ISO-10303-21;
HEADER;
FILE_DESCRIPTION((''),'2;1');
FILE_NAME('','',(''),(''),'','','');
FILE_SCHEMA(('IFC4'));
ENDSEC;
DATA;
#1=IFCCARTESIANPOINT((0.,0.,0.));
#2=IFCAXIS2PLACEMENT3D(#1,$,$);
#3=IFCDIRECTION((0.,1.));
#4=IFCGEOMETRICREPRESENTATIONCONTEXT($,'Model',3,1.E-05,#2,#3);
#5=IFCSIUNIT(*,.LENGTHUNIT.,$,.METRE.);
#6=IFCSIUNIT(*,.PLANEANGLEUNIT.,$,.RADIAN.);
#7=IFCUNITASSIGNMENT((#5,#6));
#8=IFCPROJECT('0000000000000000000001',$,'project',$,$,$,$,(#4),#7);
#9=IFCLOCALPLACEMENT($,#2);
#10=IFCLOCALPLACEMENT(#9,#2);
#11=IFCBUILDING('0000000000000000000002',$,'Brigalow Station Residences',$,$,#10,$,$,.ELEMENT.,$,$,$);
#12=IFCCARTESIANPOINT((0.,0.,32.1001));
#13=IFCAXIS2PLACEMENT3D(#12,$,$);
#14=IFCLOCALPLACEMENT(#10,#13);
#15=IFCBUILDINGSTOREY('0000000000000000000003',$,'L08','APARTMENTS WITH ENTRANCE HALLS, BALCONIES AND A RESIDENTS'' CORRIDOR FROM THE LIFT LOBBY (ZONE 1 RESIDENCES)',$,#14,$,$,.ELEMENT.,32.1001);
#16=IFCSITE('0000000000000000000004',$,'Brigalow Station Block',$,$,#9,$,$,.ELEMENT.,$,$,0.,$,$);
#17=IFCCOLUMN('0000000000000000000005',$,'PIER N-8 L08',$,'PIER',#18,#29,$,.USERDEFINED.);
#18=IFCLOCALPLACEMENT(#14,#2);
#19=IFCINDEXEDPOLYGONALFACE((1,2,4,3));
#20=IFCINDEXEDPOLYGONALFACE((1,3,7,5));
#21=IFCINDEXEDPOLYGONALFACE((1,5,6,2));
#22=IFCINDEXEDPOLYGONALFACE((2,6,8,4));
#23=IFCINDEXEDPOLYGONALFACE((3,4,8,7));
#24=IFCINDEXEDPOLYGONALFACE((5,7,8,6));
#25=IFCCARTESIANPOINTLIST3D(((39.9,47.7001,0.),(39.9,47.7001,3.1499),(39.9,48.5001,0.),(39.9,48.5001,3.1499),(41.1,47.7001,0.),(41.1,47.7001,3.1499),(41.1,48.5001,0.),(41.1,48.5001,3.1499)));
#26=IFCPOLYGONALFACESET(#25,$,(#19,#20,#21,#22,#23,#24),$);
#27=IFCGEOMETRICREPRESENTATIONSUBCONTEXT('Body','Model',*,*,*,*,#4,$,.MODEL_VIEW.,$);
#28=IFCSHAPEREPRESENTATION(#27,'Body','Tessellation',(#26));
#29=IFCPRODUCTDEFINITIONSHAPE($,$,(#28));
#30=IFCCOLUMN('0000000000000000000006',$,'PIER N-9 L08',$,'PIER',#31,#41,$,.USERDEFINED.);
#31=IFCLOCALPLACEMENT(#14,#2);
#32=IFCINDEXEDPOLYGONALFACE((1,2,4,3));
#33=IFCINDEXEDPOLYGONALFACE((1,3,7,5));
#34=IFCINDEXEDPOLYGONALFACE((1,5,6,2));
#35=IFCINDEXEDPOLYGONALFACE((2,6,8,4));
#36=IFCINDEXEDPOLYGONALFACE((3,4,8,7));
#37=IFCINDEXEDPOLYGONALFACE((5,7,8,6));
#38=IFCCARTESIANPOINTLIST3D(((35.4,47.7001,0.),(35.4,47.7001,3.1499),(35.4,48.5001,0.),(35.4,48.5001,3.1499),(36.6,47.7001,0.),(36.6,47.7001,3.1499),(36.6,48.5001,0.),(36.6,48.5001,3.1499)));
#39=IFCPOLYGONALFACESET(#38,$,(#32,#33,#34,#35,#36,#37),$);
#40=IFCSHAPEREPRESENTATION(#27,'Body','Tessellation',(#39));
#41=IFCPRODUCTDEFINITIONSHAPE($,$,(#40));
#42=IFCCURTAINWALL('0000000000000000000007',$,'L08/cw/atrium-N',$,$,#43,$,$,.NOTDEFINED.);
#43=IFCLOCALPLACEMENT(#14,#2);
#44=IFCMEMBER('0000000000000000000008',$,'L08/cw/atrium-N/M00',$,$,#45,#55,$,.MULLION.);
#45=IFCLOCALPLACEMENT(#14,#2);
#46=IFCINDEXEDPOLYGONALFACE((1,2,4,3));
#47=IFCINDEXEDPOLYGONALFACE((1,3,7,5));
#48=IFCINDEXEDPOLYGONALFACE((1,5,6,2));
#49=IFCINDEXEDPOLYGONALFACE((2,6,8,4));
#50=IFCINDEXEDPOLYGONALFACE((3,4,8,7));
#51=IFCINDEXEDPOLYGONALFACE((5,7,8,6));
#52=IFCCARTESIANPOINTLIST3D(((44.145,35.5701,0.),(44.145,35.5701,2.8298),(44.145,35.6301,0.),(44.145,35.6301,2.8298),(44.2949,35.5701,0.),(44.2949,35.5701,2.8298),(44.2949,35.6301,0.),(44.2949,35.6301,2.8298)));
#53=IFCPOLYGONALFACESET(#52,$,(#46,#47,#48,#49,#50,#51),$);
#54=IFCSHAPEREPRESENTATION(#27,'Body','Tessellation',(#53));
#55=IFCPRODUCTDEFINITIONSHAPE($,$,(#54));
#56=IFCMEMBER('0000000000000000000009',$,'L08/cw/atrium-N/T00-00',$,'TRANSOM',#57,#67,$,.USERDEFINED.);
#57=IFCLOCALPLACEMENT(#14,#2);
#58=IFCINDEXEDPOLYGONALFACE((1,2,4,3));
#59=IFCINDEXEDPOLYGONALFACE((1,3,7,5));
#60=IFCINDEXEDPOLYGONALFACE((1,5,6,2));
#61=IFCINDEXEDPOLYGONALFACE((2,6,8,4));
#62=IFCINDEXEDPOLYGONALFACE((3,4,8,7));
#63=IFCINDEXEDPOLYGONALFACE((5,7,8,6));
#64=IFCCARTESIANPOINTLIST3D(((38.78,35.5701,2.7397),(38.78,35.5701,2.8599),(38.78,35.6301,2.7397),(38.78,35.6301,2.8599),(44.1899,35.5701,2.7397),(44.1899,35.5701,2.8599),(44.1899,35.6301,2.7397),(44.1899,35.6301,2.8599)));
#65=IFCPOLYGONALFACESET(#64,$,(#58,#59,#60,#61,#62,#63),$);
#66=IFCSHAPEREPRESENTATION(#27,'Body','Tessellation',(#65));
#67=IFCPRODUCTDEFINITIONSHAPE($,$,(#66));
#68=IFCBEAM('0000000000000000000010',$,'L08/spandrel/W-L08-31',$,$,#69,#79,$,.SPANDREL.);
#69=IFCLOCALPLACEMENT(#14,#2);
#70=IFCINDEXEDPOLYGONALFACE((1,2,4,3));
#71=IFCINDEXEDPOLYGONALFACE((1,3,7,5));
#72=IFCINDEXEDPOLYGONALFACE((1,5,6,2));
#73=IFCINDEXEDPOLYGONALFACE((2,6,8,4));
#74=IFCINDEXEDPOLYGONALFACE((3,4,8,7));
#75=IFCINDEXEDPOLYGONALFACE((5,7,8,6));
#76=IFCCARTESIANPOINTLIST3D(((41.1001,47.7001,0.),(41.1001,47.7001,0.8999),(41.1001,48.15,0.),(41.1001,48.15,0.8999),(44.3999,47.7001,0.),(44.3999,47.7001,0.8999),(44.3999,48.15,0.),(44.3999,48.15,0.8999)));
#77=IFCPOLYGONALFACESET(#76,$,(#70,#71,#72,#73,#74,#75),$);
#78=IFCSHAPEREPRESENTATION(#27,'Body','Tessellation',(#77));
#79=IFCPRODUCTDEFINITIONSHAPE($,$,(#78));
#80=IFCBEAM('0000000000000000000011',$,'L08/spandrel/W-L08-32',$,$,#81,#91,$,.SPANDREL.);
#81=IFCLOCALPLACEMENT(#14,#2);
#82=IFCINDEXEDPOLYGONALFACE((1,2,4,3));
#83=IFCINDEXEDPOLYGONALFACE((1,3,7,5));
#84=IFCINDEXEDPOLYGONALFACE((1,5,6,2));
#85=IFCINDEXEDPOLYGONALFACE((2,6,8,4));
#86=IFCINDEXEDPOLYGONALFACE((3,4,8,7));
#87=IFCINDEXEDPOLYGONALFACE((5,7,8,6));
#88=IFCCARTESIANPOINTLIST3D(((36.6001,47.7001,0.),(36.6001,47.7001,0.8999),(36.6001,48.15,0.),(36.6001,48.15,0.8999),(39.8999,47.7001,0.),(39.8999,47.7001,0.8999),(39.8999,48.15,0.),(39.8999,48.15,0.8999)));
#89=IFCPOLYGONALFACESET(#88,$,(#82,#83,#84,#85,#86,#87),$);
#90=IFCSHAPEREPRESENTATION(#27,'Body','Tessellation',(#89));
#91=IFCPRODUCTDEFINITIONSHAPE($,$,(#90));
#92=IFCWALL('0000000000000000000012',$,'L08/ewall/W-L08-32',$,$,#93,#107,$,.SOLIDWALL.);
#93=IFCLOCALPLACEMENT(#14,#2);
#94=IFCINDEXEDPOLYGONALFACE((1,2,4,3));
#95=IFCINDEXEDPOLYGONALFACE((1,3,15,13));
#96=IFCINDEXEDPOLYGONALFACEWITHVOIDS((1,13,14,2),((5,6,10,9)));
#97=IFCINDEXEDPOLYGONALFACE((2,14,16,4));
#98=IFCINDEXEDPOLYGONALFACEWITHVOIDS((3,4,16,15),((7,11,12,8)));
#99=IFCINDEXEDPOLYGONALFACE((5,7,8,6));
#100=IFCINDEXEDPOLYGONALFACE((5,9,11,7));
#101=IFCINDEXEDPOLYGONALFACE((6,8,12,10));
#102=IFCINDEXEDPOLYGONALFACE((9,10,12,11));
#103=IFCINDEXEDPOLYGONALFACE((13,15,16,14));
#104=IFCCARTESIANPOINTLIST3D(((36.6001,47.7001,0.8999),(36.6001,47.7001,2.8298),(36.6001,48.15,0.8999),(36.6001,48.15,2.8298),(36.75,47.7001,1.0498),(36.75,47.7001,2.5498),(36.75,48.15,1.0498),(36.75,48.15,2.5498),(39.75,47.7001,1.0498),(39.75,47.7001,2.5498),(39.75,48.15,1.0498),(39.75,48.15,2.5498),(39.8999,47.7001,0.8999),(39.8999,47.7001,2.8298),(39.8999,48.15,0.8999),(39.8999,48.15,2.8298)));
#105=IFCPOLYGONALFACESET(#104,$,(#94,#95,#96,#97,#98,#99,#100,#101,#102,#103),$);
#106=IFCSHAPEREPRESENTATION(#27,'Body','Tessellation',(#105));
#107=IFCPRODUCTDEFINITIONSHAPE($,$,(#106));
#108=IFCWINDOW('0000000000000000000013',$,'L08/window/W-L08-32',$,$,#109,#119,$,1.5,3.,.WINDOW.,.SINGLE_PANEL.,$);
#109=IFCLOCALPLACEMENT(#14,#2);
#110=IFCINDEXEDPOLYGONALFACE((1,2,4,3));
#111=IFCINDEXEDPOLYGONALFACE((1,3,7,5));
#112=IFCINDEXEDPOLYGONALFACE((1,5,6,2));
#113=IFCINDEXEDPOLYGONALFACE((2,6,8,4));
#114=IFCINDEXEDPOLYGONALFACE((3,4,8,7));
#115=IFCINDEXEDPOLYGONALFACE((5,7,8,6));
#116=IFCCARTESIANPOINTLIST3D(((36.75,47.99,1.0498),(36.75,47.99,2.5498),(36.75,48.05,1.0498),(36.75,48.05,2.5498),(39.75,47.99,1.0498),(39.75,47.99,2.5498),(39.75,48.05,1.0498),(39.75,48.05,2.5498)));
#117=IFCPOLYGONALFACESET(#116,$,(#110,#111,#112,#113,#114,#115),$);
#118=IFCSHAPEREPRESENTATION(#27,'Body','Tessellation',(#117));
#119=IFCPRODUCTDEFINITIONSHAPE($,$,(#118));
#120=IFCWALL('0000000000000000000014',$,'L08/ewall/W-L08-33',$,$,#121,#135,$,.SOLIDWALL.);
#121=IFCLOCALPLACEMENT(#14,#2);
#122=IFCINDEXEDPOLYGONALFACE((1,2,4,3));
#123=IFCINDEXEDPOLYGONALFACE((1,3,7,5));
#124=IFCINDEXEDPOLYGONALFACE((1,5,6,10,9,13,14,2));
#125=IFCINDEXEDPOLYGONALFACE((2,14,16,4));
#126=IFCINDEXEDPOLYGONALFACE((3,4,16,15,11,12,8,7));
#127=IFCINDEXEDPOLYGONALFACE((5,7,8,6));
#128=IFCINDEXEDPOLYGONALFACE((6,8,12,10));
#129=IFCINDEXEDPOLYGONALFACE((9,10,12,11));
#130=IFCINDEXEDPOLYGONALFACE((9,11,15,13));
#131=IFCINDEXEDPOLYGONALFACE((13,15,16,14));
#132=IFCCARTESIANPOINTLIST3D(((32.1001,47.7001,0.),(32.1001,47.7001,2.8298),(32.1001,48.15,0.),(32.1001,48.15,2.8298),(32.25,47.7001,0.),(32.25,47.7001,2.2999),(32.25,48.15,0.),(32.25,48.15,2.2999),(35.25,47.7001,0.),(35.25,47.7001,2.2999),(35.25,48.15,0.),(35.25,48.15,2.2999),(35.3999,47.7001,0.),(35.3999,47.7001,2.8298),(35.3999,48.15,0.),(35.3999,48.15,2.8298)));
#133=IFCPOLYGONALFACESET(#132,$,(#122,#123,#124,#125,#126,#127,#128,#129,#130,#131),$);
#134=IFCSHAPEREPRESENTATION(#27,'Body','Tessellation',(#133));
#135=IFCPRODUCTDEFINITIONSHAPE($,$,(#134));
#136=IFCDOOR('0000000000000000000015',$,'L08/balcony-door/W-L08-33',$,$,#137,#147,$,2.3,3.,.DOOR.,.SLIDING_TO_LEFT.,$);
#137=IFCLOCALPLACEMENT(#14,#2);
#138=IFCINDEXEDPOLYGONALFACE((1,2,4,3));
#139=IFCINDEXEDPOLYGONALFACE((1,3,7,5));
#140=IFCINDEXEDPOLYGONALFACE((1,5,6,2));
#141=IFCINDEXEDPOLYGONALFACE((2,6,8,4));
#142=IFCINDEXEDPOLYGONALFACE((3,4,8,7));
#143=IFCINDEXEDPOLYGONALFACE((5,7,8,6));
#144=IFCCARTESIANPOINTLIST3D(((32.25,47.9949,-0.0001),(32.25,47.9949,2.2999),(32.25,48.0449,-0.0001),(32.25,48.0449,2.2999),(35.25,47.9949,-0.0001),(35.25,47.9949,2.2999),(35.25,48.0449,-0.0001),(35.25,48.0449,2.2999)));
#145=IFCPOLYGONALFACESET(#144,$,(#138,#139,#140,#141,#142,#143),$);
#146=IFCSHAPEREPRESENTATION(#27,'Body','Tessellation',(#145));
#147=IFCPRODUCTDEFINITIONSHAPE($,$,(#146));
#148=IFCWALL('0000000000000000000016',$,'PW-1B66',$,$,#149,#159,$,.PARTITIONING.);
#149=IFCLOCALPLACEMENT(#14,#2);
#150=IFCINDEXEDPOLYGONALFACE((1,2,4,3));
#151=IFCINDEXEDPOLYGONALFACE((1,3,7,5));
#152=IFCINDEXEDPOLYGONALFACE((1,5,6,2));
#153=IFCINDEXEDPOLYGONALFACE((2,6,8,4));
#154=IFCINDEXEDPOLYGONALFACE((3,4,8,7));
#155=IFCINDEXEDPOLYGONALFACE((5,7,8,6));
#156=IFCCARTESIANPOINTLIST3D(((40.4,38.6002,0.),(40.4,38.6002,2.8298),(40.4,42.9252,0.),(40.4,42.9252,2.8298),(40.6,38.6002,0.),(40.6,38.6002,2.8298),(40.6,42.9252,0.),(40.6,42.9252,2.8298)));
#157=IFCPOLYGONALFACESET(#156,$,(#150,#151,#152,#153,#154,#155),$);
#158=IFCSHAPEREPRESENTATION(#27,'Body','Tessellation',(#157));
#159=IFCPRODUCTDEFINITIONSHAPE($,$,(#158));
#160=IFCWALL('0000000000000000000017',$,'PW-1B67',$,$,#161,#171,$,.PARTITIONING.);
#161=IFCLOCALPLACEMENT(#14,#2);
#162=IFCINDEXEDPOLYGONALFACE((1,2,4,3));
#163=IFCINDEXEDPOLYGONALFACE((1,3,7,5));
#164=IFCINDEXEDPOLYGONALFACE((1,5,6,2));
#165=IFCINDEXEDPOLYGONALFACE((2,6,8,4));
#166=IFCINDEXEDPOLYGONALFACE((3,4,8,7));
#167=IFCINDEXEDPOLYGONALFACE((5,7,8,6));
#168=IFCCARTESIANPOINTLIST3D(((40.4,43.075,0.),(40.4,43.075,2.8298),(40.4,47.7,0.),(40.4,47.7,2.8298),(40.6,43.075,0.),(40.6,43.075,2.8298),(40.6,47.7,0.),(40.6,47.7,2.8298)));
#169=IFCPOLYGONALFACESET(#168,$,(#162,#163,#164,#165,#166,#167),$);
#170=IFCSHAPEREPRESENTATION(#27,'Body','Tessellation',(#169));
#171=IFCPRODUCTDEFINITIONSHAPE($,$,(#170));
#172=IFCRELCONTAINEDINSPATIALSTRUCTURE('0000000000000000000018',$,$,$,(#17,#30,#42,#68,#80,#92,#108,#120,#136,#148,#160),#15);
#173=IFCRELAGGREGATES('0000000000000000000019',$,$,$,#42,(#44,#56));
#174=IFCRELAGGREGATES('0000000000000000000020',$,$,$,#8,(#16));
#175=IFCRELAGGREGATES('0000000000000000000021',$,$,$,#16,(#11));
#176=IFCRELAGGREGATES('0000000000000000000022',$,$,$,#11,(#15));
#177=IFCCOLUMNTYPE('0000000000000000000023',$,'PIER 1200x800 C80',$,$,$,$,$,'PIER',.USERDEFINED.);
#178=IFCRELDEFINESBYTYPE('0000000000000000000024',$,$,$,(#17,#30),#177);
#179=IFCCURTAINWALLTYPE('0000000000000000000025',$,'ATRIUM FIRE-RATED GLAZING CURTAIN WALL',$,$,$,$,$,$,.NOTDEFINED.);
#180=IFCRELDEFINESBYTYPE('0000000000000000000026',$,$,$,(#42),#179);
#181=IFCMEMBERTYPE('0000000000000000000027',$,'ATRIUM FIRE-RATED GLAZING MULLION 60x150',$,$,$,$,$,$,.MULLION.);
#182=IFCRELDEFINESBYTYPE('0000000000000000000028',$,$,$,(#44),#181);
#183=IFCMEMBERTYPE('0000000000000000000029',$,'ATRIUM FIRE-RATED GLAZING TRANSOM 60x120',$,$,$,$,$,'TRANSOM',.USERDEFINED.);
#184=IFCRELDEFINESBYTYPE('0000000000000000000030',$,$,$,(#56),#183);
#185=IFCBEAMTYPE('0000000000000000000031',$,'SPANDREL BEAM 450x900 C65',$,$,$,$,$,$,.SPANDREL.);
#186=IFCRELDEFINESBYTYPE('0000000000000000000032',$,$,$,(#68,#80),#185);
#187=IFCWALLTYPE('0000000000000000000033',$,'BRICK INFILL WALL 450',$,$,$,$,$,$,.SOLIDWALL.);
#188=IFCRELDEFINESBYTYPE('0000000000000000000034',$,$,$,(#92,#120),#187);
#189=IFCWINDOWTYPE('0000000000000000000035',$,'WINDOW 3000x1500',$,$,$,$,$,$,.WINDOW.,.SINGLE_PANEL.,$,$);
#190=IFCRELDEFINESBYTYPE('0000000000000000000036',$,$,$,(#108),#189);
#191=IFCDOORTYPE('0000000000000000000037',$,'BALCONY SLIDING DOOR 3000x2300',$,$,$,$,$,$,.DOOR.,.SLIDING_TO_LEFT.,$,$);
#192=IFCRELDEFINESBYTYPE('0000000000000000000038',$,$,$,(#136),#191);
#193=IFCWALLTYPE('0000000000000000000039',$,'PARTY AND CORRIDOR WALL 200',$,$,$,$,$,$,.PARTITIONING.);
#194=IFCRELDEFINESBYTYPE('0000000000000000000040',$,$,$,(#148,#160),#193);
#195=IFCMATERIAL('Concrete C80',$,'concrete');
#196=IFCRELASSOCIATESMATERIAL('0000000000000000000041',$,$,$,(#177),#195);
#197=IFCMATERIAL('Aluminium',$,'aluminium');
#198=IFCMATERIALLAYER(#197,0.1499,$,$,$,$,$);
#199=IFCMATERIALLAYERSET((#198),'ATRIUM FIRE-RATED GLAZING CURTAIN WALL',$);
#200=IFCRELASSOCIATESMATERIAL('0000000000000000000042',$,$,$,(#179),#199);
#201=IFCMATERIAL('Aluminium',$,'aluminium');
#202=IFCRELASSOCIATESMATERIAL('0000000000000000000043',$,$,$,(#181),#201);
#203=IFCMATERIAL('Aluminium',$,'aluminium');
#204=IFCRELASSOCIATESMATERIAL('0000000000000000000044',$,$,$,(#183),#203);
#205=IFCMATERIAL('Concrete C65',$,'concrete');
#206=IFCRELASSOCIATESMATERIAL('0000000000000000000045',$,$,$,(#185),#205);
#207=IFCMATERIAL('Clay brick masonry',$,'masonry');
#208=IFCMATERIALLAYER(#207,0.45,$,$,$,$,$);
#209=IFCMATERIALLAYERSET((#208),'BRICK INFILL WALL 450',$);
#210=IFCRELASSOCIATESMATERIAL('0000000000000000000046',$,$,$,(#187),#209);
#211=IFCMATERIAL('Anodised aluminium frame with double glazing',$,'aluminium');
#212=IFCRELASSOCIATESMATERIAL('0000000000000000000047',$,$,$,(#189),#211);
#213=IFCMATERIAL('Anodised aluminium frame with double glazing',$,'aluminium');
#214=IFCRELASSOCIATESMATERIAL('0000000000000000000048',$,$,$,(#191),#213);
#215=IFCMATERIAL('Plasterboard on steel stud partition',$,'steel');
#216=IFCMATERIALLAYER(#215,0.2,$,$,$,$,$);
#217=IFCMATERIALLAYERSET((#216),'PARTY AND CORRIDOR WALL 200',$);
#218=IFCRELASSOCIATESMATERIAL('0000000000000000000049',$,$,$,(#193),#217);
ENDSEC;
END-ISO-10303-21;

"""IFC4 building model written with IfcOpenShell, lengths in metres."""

from ifc_helpers import new_model, si_unit, direction, frame, frame_2d, origin, origin_2d, place, context, subcontext, project, spatial, rectangle, extrude, material, layer, layer_set, material_profile, profile_set, type_object, element, fill, aggregate, save


model = new_model("IFC4")

# Units and contexts
model_context = context("Model", 3, precision=1e-05, world=origin(), true_north=direction((0.0, 1.0)))
body_context = subcontext(model_context, "Body", "Model", "MODEL_VIEW")
ifc_project = project(units=[si_unit("LENGTHUNIT", "METRE"), si_unit("PLANEANGLEUNIT", "RADIAN")], contexts=[model_context])

# Site, building, storey
site_placement = place(None, origin())
site = spatial("IfcSite", under=ifc_project, at=site_placement, Name="Brigalow Station Block", CompositionType="ELEMENT", RefElevation=0.0)
building_placement = place(site_placement, origin())
building = spatial("IfcBuilding", under=site, at=building_placement, Name="Brigalow Station Residences", CompositionType="ELEMENT")
storey_placement = place(building_placement, frame((0.0, 0.0, 32.1001)))
storey = spatial("IfcBuildingStorey", under=building, at=storey_placement, Name="L08", Description="APARTMENTS WITH ENTRANCE HALLS, BALCONIES AND A RESIDENTS' CORRIDOR FROM THE LIFT LOBBY (ZONE 1 RESIDENCES)", CompositionType="ELEMENT", Elevation=32.1001)

# Columns
ifc_material_1 = material(Name="Concrete C80", Category="concrete")
ifc_material_profile_1 = material_profile(ifc_material_1, rectangle(XDim=1.2, YDim=0.8, at=origin_2d()), Name="RC1200x800")
ifc_profile_set_1 = profile_set([ifc_material_profile_1], Name="Concrete C80")
column_type = type_object("IfcColumnType", Name="PIER 1200x800 C80", ElementType="PIER", PredefinedType="USERDEFINED", material=ifc_profile_set_1)
for number, where, z_axis, x_axis, name in (
    (1, (40.5, 48.1001, 0.0), (0.0, 0.0, 1.0), (-1.0, 0.0, 0.0), "PIER N-8 L08"),
    (2, (36.0, 48.1001, 0.0), (0.0, 0.0, 1.0), (-1.0, 0.0, 0.0), "PIER N-9 L08"),
):
    element("IfcColumn", number, at=place(storey_placement, frame(where, z_axis=z_axis, x_axis=x_axis)), inside=storey, type_object=column_type, Name=name, ObjectType="PIER", PredefinedType="USERDEFINED", context=body_context, shape_type="SweptSolid", body=[
        extrude(rectangle(XDim=1.2, YDim=0.8, at=origin_2d()), origin(), (0.0, 0.0, 1.0), 3.1499),
    ])

# Curtain wall, members
ifc_material_2 = material(Name="Aluminium", Category="aluminium")
ifc_layer_1 = layer(ifc_material_2, 0.1499)
ifc_layer_set_1 = layer_set([ifc_layer_1], Name="ATRIUM FIRE-RATED GLAZING CURTAIN WALL")
curtain_wall_type = type_object("IfcCurtainWallType", Name="ATRIUM FIRE-RATED GLAZING CURTAIN WALL", PredefinedType="NOTDEFINED", material=ifc_layer_set_1)
curtain_wall_placement = place(storey_placement, origin())
curtain_wall = element("IfcCurtainWall", 3, at=curtain_wall_placement, inside=storey, type_object=curtain_wall_type, Name="L08/cw/atrium-N", PredefinedType="NOTDEFINED")
ifc_material_3 = material(Name="Aluminium", Category="aluminium")
ifc_material_profile_2 = material_profile(ifc_material_3, rectangle(XDim=0.0601, YDim=0.1499, at=origin_2d()), Name="ATRIUM FIRE-RATED GLAZING MULLION 60x150")
ifc_profile_set_2 = profile_set([ifc_material_profile_2], Name="Aluminium")
member_type_1 = type_object("IfcMemberType", Name="ATRIUM FIRE-RATED GLAZING MULLION 60x150", PredefinedType="MULLION", material=ifc_profile_set_2)
member_1_placement = place(storey_placement, frame((44.22, 35.6001, 0.0), z_axis=(0.0, 0.0, 1.0), x_axis=(0.0, -1.0, 0.0)))
member_1 = element("IfcMember", 4, at=member_1_placement, type_object=member_type_1, Name="L08/cw/atrium-N/M00", PredefinedType="MULLION", context=body_context, shape_type="SweptSolid", body=[
    extrude(rectangle(XDim=0.0601, YDim=0.1499, at=origin_2d()), origin(), (0.0, 0.0, 1.0), 2.8298),
])
ifc_material_4 = material(Name="Aluminium", Category="aluminium")
ifc_material_profile_3 = material_profile(ifc_material_4, rectangle(XDim=0.0601, YDim=0.1201, at=origin_2d()), Name="ATRIUM FIRE-RATED GLAZING TRANSOM 60x120")
ifc_profile_set_3 = profile_set([ifc_material_profile_3], Name="Aluminium")
member_type_2 = type_object("IfcMemberType", Name="ATRIUM FIRE-RATED GLAZING TRANSOM 60x120", ElementType="TRANSOM", PredefinedType="USERDEFINED", material=ifc_profile_set_3)
member_2_placement = place(storey_placement, frame((44.1899, 35.6001, 2.7998), z_axis=(-1.0, 0.0, 0.0), x_axis=(0.0, -1.0, 0.0)))
member_2 = element("IfcMember", 5, at=member_2_placement, type_object=member_type_2, Name="L08/cw/atrium-N/T00-00", ObjectType="TRANSOM", PredefinedType="USERDEFINED", context=body_context, shape_type="SweptSolid", body=[
    extrude(rectangle(XDim=0.0601, YDim=0.1201, at=origin_2d()), origin(), (0.0, 0.0, 1.0), 5.4099),
])
aggregate(curtain_wall, [member_1, member_2])

# Beams
ifc_material_5 = material(Name="Concrete C65", Category="concrete")
ifc_material_profile_4 = material_profile(ifc_material_5, rectangle(XDim=0.45, YDim=0.8999, at=origin_2d()), Name="RC450x900")
ifc_profile_set_4 = profile_set([ifc_material_profile_4], Name="Concrete C65")
beam_type = type_object("IfcBeamType", Name="SPANDREL BEAM 450x900 C65", PredefinedType="SPANDREL", material=ifc_profile_set_4)
for number, where, z_axis, x_axis, name in (
    (6, (44.3999, 47.925, 0.45), (-1.0, 0.0, 0.0), (0.0, -1.0, 0.0), "L08/spandrel/W-L08-31"),
    (7, (39.8999, 47.925, 0.45), (-1.0, 0.0, 0.0), (0.0, -1.0, 0.0), "L08/spandrel/W-L08-32"),
):
    element("IfcBeam", number, at=place(storey_placement, frame(where, z_axis=z_axis, x_axis=x_axis)), inside=storey, type_object=beam_type, Name=name, PredefinedType="SPANDREL", context=body_context, shape_type="SweptSolid", body=[
        extrude(rectangle(XDim=0.45, YDim=0.8999, at=origin_2d()), origin(), (0.0, 0.0, 1.0), 3.2998),
    ])

# Wall, opening, window
ifc_material_6 = material(Name="Clay brick masonry", Category="masonry")
ifc_layer_2 = layer(ifc_material_6, 0.45)
ifc_layer_set_2 = layer_set([ifc_layer_2], Name="BRICK INFILL WALL 450")
wall_type_1 = type_object("IfcWallType", Name="BRICK INFILL WALL 450", PredefinedType="SOLIDWALL", material=ifc_layer_set_2)
wall_1_placement = place(storey_placement, frame((39.8999, 47.925, 0.8999), z_axis=(0.0, 0.0, 1.0), x_axis=(-1.0, 0.0, 0.0)))
wall_1 = element("IfcWall", 8, at=wall_1_placement, inside=storey, type_object=wall_type_1, Name="L08/ewall/W-L08-32", PredefinedType="SOLIDWALL", context=body_context, shape_type="SweptSolid", body=[
    extrude(rectangle(XDim=3.2998, YDim=0.45, at=frame_2d((1.6499, 0.0))), origin(), (0.0, 0.0, 1.0), 1.9299),
])
opening_1_placement = place(wall_1_placement, frame((0.1499, 0.0, 0.1499)))
opening_1 = element("IfcOpeningElement", 9, at=opening_1_placement, cuts=wall_1, PredefinedType="OPENING", context=body_context, shape_type="SweptSolid", body=[
    extrude(rectangle(XDim=3.0, YDim=1.5, at=frame_2d((1.5, 0.75))), frame((0.0, 0.2349, 0.0), z_axis=(0.0, -1.0, 0.0), x_axis=(1.0, 0.0, 0.0)), (0.0, 0.0, 1.0), 0.47),
])
ifc_material_7 = material(Name="Anodised aluminium frame with double glazing", Category="aluminium")
window_type = type_object("IfcWindowType", Name="WINDOW 3000x1500", PartitioningType="SINGLE_PANEL", PredefinedType="WINDOW", material=ifc_material_7)
window_placement = place(opening_1_placement, origin())
window = element("IfcWindow", 10, at=window_placement, inside=storey, type_object=window_type, Name="L08/window/W-L08-32", OverallHeight=1.5, OverallWidth=3.0, PartitioningType="SINGLE_PANEL", PredefinedType="WINDOW", context=body_context, shape_type="SweptSolid", body=[
    extrude(rectangle(XDim=3.0, YDim=1.5, at=frame_2d((1.5, 0.75))), frame((0.0, -0.0649, 0.0), z_axis=(0.0, -1.0, 0.0), x_axis=(1.0, 0.0, 0.0)), (0.0, 0.0, 1.0), 0.0601),
])
fill(opening_1, window)

# Wall, opening, door
wall_2_placement = place(storey_placement, frame((35.3999, 47.925, 0.0), z_axis=(0.0, 0.0, 1.0), x_axis=(-1.0, 0.0, 0.0)))
wall_2 = element("IfcWall", 11, at=wall_2_placement, inside=storey, type_object=wall_type_1, Name="L08/ewall/W-L08-33", PredefinedType="SOLIDWALL", context=body_context, shape_type="SweptSolid", body=[
    extrude(rectangle(XDim=3.2998, YDim=0.45, at=frame_2d((1.6499, 0.0))), origin(), (0.0, 0.0, 1.0), 2.8298),
])
opening_2_placement = place(wall_2_placement, frame((0.1499, 0.0, 0.0)))
opening_2 = element("IfcOpeningElement", 12, at=opening_2_placement, cuts=wall_2, PredefinedType="OPENING", context=body_context, shape_type="SweptSolid", body=[
    extrude(rectangle(XDim=3.0, YDim=2.3, at=frame_2d((1.5, 1.1499))), frame((0.0, 0.2349, 0.0), z_axis=(0.0, -1.0, 0.0), x_axis=(1.0, 0.0, 0.0)), (0.0, 0.0, 1.0), 0.47),
])
ifc_material_8 = material(Name="Anodised aluminium frame with double glazing", Category="aluminium")
door_type = type_object("IfcDoorType", Name="BALCONY SLIDING DOOR 3000x2300", OperationType="SLIDING_TO_LEFT", PredefinedType="DOOR", material=ifc_material_8)
door_placement = place(opening_2_placement, origin())
door = element("IfcDoor", 13, at=door_placement, inside=storey, type_object=door_type, Name="L08/balcony-door/W-L08-33", OperationType="SLIDING_TO_LEFT", OverallHeight=2.3, OverallWidth=3.0, PredefinedType="DOOR", context=body_context, shape_type="SweptSolid", body=[
    extrude(rectangle(XDim=3.0, YDim=2.3, at=frame_2d((1.5, 1.1499))), frame((0.0, -0.0698, 0.0), z_axis=(0.0, -1.0, 0.0), x_axis=(1.0, 0.0, 0.0)), (0.0, 0.0, 1.0), 0.05),
])
fill(opening_2, door)

# Walls
ifc_material_9 = material(Name="Plasterboard on steel stud partition", Category="steel")
ifc_layer_3 = layer(ifc_material_9, 0.2)
ifc_layer_set_3 = layer_set([ifc_layer_3], Name="PARTY AND CORRIDOR WALL 200")
wall_type_2 = type_object("IfcWallType", Name="PARTY AND CORRIDOR WALL 200", PredefinedType="PARTITIONING", material=ifc_layer_set_3)
wall_3_placement = place(storey_placement, frame((40.5, 38.6001, 0.0), z_axis=(0.0, 0.0, 1.0), x_axis=(0.0, 1.0, 0.0)))
element("IfcWall", 14, at=wall_3_placement, inside=storey, type_object=wall_type_2, Name="PW-1B66", PredefinedType="PARTITIONING", context=body_context, shape_type="SweptSolid", body=[
    extrude(rectangle(XDim=4.325, YDim=0.2, at=frame_2d((2.1626, 0.0))), origin(), (0.0, 0.0, 1.0), 2.8298),
])
wall_4_placement = place(storey_placement, frame((40.5, 43.075, 0.0), z_axis=(0.0, 0.0, 1.0), x_axis=(0.0, 1.0, 0.0)))
element("IfcWall", 15, at=wall_4_placement, inside=storey, type_object=wall_type_2, Name="PW-1B67", PredefinedType="PARTITIONING", context=body_context, shape_type="SweptSolid", body=[
    extrude(rectangle(XDim=4.625, YDim=0.2, at=frame_2d((2.3125, 0.0))), origin(), (0.0, 0.0, 1.0), 2.8298),
])

save(model, "model.ifc")
